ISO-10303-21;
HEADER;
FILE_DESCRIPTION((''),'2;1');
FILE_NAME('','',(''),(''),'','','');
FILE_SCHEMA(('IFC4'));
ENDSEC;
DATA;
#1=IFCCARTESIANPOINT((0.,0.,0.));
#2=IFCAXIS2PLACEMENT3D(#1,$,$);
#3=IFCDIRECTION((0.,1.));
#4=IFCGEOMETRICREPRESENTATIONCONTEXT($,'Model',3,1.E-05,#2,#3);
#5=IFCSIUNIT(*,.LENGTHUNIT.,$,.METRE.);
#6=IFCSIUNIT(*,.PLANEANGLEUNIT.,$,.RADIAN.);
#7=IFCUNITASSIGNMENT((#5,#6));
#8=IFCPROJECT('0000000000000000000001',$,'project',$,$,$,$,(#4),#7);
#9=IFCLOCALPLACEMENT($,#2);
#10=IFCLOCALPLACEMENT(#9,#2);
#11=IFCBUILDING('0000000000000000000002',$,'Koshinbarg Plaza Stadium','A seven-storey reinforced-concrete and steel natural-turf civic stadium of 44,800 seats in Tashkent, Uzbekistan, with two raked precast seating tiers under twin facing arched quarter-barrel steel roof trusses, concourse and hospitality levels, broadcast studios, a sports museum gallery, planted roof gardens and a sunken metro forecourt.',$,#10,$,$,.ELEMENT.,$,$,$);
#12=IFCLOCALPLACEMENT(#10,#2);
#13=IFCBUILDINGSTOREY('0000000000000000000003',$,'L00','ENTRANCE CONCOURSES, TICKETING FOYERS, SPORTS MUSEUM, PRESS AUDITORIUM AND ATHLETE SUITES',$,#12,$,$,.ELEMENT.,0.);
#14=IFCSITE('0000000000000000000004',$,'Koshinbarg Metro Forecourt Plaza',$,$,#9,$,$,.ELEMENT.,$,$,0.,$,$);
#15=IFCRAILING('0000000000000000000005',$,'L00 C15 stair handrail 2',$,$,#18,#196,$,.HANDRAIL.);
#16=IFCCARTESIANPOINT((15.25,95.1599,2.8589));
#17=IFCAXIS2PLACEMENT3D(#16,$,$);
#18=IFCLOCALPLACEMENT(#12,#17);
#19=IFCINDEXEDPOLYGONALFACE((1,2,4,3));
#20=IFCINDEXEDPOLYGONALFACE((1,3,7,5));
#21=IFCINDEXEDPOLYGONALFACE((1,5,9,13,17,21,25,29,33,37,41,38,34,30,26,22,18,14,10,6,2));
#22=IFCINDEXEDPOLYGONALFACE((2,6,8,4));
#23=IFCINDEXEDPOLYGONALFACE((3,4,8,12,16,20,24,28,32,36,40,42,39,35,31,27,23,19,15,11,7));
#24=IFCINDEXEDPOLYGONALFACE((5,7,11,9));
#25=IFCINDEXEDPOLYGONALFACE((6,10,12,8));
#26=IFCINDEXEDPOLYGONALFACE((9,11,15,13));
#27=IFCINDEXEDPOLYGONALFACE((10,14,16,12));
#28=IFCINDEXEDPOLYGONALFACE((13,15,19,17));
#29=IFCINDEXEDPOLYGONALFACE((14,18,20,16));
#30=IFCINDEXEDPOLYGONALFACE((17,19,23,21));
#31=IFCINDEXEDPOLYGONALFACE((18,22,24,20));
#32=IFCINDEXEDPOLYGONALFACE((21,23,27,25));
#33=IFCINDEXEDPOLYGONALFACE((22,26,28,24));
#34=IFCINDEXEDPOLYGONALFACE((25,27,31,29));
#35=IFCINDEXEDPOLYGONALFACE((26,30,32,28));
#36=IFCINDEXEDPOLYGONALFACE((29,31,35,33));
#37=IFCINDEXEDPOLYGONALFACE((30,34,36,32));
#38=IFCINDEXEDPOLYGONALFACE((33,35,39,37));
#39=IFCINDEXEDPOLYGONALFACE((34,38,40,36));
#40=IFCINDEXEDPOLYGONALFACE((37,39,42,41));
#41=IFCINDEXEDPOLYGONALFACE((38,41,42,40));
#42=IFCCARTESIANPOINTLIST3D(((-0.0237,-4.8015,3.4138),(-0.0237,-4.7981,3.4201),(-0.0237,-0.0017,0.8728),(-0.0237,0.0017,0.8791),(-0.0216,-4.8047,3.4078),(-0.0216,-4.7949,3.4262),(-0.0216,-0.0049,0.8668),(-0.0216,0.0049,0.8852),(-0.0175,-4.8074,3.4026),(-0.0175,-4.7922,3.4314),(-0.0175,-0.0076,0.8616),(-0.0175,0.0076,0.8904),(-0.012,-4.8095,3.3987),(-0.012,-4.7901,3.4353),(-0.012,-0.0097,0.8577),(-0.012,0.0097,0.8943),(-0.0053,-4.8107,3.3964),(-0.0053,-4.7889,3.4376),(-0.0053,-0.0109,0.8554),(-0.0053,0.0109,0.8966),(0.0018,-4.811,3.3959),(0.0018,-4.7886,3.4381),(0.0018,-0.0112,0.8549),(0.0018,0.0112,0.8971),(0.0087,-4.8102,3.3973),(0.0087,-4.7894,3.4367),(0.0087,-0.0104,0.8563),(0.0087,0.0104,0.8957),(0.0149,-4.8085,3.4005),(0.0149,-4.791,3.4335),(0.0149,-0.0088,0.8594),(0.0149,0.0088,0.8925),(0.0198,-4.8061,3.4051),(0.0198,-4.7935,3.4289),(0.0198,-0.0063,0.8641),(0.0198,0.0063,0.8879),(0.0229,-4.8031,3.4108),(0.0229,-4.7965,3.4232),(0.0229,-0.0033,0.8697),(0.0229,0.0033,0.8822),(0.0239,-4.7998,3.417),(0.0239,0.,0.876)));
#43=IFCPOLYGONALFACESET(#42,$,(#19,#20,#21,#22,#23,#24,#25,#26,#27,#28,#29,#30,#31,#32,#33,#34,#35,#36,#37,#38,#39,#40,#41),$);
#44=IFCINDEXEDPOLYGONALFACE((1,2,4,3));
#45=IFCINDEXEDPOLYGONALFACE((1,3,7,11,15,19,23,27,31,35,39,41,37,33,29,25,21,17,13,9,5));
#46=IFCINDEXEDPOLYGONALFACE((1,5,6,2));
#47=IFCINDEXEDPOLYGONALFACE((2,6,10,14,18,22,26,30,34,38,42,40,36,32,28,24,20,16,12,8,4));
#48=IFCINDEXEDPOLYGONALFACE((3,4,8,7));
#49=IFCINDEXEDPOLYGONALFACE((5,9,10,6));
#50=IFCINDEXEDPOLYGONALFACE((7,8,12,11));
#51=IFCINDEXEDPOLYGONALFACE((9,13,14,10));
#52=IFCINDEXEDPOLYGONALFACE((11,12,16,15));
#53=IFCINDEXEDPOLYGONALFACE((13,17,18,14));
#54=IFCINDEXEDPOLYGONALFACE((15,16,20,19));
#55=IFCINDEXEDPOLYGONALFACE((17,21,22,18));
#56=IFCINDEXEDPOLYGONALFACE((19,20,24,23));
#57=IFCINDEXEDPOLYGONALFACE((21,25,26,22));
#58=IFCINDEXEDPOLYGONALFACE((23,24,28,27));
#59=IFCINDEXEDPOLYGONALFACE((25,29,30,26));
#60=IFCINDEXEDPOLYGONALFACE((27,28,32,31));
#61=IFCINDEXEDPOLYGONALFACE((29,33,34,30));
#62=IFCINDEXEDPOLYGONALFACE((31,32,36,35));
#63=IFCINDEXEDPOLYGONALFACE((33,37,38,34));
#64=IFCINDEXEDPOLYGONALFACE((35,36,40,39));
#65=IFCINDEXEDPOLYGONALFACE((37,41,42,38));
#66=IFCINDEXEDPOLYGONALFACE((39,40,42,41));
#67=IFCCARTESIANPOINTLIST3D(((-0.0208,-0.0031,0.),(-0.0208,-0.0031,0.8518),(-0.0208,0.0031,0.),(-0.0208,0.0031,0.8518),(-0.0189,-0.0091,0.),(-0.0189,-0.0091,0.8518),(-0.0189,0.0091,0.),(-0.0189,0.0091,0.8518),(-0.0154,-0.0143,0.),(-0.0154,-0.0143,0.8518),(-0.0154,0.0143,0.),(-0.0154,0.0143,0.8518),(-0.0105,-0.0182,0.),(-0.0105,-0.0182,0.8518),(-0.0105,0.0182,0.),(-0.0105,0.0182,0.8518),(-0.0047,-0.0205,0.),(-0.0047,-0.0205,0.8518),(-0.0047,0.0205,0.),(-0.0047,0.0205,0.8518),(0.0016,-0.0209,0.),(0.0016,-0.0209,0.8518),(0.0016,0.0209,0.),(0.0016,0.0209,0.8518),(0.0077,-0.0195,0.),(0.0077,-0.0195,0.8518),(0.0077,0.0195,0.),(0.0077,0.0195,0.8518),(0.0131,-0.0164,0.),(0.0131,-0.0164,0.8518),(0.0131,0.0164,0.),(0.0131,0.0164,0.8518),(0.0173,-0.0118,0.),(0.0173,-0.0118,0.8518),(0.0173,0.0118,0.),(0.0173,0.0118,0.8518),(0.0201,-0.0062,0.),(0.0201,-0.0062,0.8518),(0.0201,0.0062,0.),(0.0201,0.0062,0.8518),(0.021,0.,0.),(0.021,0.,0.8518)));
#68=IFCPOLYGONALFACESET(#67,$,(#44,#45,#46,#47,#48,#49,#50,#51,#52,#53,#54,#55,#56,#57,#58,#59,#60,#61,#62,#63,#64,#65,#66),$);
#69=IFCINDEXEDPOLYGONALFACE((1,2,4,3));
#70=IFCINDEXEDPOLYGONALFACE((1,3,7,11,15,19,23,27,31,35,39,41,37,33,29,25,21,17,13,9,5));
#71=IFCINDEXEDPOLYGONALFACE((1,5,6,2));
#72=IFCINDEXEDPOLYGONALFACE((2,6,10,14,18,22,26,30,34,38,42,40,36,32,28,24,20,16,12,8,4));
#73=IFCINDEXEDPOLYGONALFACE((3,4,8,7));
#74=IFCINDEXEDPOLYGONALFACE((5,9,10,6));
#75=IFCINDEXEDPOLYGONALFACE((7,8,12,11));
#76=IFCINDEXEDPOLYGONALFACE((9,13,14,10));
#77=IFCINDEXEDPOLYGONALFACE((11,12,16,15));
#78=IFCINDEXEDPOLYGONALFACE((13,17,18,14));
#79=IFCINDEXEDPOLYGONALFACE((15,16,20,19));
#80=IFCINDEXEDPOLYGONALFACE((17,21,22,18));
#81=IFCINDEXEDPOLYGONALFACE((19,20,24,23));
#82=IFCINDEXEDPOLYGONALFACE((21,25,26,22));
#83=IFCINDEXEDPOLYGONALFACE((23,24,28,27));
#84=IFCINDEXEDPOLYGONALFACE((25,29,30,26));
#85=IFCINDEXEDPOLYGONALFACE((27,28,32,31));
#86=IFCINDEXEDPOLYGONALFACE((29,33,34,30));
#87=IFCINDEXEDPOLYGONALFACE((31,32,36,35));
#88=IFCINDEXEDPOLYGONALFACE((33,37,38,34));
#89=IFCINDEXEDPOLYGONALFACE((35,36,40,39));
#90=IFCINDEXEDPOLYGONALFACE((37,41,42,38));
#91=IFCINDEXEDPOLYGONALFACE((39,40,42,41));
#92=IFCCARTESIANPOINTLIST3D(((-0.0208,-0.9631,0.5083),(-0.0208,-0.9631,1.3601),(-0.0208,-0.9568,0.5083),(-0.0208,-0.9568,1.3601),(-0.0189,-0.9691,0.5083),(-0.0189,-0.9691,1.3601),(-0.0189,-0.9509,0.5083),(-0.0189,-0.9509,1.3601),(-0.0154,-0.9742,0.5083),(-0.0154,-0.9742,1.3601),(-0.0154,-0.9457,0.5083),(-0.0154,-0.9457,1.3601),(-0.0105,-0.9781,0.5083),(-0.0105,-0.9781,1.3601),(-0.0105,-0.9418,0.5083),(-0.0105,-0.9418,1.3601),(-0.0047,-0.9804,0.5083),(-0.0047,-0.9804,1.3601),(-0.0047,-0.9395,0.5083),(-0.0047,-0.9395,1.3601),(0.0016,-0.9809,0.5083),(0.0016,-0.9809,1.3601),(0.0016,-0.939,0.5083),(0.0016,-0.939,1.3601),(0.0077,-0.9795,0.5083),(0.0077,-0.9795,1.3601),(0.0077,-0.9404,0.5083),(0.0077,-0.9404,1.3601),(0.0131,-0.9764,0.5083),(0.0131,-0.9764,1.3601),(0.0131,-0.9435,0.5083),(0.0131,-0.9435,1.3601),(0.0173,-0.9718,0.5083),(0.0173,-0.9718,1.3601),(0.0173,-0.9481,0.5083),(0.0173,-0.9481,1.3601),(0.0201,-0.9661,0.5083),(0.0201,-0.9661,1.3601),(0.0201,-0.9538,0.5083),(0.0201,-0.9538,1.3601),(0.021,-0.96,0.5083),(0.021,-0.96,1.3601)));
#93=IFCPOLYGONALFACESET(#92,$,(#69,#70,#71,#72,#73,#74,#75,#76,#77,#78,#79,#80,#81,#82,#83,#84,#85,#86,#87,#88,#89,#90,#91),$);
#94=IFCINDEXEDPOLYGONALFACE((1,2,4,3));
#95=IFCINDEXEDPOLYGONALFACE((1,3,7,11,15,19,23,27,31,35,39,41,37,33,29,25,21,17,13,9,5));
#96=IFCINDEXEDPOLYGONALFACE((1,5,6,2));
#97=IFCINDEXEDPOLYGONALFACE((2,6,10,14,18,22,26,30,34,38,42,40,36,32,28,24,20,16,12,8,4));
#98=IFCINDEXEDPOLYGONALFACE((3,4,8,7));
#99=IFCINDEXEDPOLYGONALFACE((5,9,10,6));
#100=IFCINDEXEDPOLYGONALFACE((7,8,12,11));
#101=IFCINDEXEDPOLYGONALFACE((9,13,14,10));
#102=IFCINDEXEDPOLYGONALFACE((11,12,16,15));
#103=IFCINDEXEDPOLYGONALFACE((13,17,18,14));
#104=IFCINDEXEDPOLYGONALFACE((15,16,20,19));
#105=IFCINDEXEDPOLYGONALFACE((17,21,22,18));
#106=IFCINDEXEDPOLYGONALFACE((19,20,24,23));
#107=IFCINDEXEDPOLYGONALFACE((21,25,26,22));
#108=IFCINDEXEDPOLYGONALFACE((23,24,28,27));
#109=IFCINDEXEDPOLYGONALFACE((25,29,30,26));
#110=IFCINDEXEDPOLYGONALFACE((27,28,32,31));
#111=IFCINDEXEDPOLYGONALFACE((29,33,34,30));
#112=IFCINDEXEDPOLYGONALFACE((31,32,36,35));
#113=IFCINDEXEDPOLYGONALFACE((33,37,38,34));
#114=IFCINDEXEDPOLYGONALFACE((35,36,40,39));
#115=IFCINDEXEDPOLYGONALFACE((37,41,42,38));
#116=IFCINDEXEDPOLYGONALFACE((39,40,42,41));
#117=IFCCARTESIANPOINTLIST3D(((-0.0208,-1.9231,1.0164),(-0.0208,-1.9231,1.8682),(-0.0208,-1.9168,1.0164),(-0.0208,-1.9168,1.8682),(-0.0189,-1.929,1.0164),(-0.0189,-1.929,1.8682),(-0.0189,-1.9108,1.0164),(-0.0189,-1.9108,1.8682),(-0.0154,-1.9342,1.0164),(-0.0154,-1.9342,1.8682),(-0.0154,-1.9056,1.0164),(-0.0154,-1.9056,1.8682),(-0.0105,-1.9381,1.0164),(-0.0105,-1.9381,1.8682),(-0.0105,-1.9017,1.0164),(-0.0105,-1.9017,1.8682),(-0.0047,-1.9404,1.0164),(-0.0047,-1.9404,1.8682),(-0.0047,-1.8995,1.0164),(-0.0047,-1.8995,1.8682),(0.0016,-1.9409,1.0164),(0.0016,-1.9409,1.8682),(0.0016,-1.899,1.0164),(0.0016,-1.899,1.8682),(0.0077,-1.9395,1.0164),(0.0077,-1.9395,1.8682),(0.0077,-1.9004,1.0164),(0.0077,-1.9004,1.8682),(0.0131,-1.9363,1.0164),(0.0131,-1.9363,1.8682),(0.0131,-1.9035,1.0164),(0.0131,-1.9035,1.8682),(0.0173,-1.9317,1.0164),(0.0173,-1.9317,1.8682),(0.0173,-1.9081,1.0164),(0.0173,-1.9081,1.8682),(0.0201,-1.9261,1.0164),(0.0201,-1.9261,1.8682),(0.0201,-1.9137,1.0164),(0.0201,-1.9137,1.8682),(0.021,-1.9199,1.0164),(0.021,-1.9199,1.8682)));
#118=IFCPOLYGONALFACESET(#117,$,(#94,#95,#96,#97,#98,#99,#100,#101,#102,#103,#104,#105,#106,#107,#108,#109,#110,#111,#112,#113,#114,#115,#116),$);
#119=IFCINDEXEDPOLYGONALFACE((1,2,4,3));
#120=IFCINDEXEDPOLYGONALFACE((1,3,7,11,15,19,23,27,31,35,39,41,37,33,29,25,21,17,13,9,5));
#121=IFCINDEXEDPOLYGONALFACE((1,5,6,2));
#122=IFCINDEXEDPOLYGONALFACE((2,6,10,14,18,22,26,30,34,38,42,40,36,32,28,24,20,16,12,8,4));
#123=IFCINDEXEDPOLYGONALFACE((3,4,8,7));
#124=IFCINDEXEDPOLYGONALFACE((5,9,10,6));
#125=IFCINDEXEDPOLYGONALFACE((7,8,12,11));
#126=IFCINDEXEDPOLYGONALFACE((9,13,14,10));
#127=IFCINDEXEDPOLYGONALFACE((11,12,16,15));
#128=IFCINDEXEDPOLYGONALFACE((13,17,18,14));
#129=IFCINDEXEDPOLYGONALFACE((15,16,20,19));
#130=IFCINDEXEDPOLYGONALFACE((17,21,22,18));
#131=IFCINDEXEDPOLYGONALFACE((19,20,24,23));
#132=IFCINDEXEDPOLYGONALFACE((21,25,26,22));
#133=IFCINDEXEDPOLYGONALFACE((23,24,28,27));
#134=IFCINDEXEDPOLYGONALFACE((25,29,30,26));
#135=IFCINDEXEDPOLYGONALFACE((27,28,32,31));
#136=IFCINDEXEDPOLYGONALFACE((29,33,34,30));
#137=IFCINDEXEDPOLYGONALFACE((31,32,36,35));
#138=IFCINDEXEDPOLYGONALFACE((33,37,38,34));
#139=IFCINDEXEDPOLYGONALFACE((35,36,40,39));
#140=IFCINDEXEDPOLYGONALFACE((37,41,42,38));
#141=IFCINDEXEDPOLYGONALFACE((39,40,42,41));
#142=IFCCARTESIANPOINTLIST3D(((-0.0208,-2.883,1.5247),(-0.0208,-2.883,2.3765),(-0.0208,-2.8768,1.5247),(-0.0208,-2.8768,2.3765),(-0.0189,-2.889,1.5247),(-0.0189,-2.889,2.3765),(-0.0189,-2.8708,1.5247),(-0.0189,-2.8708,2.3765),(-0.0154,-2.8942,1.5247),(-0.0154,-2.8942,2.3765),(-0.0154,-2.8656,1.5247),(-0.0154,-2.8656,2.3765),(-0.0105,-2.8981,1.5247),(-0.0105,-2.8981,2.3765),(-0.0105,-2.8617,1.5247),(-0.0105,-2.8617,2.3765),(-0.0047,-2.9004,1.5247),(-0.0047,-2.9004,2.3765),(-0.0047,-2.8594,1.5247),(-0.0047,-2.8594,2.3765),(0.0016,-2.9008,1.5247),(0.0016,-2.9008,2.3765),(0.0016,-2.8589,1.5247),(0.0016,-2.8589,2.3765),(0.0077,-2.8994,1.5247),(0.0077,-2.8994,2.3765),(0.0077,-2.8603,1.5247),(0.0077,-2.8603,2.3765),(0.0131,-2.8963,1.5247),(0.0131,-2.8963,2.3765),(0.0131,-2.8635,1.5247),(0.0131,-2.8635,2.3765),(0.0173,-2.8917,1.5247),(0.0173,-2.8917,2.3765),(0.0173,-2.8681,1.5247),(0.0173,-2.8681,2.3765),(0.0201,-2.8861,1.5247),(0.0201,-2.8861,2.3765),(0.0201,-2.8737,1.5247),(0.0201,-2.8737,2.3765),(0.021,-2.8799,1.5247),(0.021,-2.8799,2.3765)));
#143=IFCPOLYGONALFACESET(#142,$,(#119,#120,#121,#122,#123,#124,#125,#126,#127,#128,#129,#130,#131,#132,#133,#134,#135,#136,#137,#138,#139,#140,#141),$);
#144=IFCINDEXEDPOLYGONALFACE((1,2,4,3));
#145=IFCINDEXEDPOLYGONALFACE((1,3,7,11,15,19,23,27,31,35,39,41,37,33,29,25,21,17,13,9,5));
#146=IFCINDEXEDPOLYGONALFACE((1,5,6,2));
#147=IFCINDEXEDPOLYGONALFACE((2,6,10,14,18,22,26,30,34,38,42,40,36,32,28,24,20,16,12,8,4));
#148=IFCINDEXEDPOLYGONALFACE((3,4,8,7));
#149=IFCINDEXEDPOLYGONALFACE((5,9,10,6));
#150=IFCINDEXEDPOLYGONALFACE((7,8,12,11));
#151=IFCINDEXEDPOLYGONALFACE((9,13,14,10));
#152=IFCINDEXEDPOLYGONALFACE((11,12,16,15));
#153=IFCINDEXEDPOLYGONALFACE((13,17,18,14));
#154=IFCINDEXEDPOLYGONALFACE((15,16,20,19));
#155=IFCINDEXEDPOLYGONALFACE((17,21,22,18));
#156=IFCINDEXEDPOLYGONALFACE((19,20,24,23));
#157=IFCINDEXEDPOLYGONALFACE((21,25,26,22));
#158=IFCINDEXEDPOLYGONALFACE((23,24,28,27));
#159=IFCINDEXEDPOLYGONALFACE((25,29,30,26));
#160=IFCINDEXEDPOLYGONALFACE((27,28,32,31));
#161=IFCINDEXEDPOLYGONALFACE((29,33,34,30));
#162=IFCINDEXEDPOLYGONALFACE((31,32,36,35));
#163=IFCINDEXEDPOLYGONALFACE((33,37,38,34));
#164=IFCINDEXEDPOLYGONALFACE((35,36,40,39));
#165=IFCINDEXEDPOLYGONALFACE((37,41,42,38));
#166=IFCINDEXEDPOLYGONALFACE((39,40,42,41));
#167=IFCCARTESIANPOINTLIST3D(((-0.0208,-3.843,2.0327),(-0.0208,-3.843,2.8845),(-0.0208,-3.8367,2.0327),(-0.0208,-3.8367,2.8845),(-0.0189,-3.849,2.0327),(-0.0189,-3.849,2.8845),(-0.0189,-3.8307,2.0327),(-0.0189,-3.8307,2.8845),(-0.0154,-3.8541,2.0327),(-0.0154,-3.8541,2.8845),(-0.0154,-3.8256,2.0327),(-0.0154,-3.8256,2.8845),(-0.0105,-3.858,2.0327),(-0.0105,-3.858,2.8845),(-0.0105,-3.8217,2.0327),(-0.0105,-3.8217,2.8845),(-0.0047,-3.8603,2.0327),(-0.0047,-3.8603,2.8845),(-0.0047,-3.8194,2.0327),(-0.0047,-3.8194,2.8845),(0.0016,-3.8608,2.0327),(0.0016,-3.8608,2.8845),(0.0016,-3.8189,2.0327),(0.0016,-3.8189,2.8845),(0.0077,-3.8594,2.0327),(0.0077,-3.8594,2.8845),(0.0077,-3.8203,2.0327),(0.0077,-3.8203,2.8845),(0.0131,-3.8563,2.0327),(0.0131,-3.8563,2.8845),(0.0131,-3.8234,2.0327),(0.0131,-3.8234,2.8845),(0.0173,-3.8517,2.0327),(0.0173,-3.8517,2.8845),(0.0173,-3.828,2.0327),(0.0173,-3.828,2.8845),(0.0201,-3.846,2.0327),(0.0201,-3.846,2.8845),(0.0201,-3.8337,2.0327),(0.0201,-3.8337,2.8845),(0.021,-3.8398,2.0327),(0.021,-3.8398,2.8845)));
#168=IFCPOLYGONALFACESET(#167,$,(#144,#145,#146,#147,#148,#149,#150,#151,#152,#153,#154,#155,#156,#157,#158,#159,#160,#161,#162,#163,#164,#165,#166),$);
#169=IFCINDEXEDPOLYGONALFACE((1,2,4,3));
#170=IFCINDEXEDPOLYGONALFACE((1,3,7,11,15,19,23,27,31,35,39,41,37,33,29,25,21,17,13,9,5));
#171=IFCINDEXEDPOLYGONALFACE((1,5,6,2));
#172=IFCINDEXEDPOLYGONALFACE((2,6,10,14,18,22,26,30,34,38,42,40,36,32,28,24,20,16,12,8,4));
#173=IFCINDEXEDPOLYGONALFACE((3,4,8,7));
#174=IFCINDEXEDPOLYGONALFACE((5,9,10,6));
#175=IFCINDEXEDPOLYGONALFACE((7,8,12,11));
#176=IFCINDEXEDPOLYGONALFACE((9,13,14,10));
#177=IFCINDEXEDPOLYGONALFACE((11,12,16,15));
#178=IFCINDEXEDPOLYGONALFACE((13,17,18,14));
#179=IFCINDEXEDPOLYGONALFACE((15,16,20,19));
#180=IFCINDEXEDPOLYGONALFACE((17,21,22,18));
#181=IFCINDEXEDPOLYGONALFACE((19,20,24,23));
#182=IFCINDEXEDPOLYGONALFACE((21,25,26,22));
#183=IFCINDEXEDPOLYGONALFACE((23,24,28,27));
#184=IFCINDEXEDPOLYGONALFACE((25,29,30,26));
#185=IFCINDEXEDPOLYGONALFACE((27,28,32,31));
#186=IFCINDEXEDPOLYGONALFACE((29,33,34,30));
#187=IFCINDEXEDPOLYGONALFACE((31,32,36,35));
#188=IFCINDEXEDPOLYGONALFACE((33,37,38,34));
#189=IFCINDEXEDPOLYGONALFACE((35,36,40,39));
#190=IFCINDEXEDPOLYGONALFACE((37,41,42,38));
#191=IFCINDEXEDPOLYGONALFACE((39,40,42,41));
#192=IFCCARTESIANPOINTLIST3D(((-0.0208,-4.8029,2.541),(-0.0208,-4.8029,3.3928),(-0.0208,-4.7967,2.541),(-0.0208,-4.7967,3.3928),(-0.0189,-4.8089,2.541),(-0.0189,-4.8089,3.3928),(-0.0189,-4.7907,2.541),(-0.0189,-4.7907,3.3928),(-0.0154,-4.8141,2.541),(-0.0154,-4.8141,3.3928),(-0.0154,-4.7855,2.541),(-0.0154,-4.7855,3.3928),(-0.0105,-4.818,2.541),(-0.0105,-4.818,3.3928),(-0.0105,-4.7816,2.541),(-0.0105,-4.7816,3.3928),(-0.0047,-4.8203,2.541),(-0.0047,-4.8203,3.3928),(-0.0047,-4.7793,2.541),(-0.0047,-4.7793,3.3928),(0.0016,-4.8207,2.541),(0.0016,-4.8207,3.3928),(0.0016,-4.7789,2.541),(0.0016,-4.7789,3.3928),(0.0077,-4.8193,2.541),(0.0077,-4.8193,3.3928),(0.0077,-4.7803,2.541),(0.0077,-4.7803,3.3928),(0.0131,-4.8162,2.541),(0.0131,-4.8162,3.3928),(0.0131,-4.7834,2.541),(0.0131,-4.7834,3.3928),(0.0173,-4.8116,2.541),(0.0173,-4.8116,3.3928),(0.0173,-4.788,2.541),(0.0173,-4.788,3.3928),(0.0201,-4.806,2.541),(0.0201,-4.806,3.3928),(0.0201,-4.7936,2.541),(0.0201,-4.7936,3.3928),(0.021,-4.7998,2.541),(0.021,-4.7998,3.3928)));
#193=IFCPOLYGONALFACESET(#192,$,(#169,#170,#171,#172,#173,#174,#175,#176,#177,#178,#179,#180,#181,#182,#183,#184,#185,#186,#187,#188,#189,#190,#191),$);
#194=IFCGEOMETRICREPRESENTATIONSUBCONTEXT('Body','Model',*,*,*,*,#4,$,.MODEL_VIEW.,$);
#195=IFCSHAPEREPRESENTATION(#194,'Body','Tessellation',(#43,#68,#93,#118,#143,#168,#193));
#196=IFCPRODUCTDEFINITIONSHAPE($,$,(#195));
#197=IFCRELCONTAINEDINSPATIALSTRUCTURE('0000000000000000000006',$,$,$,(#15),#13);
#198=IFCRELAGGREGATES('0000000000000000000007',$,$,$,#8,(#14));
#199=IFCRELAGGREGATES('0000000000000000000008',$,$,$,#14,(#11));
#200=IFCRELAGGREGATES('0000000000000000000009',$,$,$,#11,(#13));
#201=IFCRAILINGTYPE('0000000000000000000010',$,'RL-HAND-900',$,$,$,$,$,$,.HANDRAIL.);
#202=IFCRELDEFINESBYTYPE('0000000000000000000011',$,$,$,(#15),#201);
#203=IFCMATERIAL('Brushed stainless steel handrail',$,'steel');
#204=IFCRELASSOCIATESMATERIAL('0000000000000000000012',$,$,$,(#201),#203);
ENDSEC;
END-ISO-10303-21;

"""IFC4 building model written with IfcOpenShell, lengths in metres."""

from ifc_helpers import new_model, si_unit, direction, frame, origin, origin_2d, place, context, subcontext, project, spatial, circle, extrude, material, type_object, element, save


model = new_model("IFC4")

# Units and contexts
model_context = context("Model", 3, precision=1e-05, world=origin(), true_north=direction((0.0, 1.0)))
body_context = subcontext(model_context, "Body", "Model", "MODEL_VIEW")
ifc_project = project(units=[si_unit("LENGTHUNIT", "METRE"), si_unit("PLANEANGLEUNIT", "RADIAN")], contexts=[model_context])

# Site, building, storey
site_placement = place(None, origin())
site = spatial("IfcSite", under=ifc_project, at=site_placement, Name="Koshinbarg Metro Forecourt Plaza", CompositionType="ELEMENT", RefElevation=0.0)
building_placement = place(site_placement, origin())
building = spatial("IfcBuilding", under=site, at=building_placement, Name="Koshinbarg Plaza Stadium", Description="A seven-storey reinforced-concrete and steel natural-turf civic stadium of 44,800 seats in Tashkent, Uzbekistan, with two raked precast seating tiers under twin facing arched quarter-barrel steel roof trusses, concourse and hospitality levels, broadcast studios, a sports museum gallery, planted roof gardens and a sunken metro forecourt.", CompositionType="ELEMENT")
storey_placement = place(building_placement, origin())
storey = spatial("IfcBuildingStorey", under=building, at=storey_placement, Name="L00", Description="ENTRANCE CONCOURSES, TICKETING FOYERS, SPORTS MUSEUM, PRESS AUDITORIUM AND ATHLETE SUITES", CompositionType="ELEMENT", Elevation=0.0)

# Railing
ifc_material_1 = material(Name="Brushed stainless steel handrail", Category="steel")
railing_type_1 = type_object("IfcRailingType", Name="RL-HAND-900", PredefinedType="HANDRAIL", material=ifc_material_1)
railing_1_placement = place(storey_placement, frame((15.25, 95.1599, 2.8589)))
element("IfcRailing", 1, at=railing_1_placement, inside=storey, type_object=railing_type_1, Name="L00 C15 stair handrail 2", PredefinedType="HANDRAIL", context=body_context, shape_type="SweptSolid", body=[
    extrude(circle(Radius=0.0239, at=origin_2d()), frame((0.0, 0.0, 0.876), z_axis=(0.0, -0.883792, 0.467879), x_axis=(1.0, 0.0, 0.0)), (0.0, 0.0, 1.0), 5.4309),
    extrude(circle(Radius=0.021, at=origin_2d()), origin(), (0.0, 0.0, 1.0), 0.8518),
    extrude(circle(Radius=0.021, at=origin_2d()), frame((0.0, -0.96, 0.5083)), (0.0, 0.0, 1.0), 0.8518),
    extrude(circle(Radius=0.021, at=origin_2d()), frame((0.0, -1.9199, 1.0164)), (0.0, 0.0, 1.0), 0.8518),
    extrude(circle(Radius=0.021, at=origin_2d()), frame((0.0, -2.8799, 1.5247)), (0.0, 0.0, 1.0), 0.8518),
    extrude(circle(Radius=0.021, at=origin_2d()), frame((0.0, -3.8398, 2.0327)), (0.0, 0.0, 1.0), 0.8518),
    extrude(circle(Radius=0.021, at=origin_2d()), frame((0.0, -4.7998, 2.541)), (0.0, 0.0, 1.0), 0.8518),
])

save(model, "model.ifc")
